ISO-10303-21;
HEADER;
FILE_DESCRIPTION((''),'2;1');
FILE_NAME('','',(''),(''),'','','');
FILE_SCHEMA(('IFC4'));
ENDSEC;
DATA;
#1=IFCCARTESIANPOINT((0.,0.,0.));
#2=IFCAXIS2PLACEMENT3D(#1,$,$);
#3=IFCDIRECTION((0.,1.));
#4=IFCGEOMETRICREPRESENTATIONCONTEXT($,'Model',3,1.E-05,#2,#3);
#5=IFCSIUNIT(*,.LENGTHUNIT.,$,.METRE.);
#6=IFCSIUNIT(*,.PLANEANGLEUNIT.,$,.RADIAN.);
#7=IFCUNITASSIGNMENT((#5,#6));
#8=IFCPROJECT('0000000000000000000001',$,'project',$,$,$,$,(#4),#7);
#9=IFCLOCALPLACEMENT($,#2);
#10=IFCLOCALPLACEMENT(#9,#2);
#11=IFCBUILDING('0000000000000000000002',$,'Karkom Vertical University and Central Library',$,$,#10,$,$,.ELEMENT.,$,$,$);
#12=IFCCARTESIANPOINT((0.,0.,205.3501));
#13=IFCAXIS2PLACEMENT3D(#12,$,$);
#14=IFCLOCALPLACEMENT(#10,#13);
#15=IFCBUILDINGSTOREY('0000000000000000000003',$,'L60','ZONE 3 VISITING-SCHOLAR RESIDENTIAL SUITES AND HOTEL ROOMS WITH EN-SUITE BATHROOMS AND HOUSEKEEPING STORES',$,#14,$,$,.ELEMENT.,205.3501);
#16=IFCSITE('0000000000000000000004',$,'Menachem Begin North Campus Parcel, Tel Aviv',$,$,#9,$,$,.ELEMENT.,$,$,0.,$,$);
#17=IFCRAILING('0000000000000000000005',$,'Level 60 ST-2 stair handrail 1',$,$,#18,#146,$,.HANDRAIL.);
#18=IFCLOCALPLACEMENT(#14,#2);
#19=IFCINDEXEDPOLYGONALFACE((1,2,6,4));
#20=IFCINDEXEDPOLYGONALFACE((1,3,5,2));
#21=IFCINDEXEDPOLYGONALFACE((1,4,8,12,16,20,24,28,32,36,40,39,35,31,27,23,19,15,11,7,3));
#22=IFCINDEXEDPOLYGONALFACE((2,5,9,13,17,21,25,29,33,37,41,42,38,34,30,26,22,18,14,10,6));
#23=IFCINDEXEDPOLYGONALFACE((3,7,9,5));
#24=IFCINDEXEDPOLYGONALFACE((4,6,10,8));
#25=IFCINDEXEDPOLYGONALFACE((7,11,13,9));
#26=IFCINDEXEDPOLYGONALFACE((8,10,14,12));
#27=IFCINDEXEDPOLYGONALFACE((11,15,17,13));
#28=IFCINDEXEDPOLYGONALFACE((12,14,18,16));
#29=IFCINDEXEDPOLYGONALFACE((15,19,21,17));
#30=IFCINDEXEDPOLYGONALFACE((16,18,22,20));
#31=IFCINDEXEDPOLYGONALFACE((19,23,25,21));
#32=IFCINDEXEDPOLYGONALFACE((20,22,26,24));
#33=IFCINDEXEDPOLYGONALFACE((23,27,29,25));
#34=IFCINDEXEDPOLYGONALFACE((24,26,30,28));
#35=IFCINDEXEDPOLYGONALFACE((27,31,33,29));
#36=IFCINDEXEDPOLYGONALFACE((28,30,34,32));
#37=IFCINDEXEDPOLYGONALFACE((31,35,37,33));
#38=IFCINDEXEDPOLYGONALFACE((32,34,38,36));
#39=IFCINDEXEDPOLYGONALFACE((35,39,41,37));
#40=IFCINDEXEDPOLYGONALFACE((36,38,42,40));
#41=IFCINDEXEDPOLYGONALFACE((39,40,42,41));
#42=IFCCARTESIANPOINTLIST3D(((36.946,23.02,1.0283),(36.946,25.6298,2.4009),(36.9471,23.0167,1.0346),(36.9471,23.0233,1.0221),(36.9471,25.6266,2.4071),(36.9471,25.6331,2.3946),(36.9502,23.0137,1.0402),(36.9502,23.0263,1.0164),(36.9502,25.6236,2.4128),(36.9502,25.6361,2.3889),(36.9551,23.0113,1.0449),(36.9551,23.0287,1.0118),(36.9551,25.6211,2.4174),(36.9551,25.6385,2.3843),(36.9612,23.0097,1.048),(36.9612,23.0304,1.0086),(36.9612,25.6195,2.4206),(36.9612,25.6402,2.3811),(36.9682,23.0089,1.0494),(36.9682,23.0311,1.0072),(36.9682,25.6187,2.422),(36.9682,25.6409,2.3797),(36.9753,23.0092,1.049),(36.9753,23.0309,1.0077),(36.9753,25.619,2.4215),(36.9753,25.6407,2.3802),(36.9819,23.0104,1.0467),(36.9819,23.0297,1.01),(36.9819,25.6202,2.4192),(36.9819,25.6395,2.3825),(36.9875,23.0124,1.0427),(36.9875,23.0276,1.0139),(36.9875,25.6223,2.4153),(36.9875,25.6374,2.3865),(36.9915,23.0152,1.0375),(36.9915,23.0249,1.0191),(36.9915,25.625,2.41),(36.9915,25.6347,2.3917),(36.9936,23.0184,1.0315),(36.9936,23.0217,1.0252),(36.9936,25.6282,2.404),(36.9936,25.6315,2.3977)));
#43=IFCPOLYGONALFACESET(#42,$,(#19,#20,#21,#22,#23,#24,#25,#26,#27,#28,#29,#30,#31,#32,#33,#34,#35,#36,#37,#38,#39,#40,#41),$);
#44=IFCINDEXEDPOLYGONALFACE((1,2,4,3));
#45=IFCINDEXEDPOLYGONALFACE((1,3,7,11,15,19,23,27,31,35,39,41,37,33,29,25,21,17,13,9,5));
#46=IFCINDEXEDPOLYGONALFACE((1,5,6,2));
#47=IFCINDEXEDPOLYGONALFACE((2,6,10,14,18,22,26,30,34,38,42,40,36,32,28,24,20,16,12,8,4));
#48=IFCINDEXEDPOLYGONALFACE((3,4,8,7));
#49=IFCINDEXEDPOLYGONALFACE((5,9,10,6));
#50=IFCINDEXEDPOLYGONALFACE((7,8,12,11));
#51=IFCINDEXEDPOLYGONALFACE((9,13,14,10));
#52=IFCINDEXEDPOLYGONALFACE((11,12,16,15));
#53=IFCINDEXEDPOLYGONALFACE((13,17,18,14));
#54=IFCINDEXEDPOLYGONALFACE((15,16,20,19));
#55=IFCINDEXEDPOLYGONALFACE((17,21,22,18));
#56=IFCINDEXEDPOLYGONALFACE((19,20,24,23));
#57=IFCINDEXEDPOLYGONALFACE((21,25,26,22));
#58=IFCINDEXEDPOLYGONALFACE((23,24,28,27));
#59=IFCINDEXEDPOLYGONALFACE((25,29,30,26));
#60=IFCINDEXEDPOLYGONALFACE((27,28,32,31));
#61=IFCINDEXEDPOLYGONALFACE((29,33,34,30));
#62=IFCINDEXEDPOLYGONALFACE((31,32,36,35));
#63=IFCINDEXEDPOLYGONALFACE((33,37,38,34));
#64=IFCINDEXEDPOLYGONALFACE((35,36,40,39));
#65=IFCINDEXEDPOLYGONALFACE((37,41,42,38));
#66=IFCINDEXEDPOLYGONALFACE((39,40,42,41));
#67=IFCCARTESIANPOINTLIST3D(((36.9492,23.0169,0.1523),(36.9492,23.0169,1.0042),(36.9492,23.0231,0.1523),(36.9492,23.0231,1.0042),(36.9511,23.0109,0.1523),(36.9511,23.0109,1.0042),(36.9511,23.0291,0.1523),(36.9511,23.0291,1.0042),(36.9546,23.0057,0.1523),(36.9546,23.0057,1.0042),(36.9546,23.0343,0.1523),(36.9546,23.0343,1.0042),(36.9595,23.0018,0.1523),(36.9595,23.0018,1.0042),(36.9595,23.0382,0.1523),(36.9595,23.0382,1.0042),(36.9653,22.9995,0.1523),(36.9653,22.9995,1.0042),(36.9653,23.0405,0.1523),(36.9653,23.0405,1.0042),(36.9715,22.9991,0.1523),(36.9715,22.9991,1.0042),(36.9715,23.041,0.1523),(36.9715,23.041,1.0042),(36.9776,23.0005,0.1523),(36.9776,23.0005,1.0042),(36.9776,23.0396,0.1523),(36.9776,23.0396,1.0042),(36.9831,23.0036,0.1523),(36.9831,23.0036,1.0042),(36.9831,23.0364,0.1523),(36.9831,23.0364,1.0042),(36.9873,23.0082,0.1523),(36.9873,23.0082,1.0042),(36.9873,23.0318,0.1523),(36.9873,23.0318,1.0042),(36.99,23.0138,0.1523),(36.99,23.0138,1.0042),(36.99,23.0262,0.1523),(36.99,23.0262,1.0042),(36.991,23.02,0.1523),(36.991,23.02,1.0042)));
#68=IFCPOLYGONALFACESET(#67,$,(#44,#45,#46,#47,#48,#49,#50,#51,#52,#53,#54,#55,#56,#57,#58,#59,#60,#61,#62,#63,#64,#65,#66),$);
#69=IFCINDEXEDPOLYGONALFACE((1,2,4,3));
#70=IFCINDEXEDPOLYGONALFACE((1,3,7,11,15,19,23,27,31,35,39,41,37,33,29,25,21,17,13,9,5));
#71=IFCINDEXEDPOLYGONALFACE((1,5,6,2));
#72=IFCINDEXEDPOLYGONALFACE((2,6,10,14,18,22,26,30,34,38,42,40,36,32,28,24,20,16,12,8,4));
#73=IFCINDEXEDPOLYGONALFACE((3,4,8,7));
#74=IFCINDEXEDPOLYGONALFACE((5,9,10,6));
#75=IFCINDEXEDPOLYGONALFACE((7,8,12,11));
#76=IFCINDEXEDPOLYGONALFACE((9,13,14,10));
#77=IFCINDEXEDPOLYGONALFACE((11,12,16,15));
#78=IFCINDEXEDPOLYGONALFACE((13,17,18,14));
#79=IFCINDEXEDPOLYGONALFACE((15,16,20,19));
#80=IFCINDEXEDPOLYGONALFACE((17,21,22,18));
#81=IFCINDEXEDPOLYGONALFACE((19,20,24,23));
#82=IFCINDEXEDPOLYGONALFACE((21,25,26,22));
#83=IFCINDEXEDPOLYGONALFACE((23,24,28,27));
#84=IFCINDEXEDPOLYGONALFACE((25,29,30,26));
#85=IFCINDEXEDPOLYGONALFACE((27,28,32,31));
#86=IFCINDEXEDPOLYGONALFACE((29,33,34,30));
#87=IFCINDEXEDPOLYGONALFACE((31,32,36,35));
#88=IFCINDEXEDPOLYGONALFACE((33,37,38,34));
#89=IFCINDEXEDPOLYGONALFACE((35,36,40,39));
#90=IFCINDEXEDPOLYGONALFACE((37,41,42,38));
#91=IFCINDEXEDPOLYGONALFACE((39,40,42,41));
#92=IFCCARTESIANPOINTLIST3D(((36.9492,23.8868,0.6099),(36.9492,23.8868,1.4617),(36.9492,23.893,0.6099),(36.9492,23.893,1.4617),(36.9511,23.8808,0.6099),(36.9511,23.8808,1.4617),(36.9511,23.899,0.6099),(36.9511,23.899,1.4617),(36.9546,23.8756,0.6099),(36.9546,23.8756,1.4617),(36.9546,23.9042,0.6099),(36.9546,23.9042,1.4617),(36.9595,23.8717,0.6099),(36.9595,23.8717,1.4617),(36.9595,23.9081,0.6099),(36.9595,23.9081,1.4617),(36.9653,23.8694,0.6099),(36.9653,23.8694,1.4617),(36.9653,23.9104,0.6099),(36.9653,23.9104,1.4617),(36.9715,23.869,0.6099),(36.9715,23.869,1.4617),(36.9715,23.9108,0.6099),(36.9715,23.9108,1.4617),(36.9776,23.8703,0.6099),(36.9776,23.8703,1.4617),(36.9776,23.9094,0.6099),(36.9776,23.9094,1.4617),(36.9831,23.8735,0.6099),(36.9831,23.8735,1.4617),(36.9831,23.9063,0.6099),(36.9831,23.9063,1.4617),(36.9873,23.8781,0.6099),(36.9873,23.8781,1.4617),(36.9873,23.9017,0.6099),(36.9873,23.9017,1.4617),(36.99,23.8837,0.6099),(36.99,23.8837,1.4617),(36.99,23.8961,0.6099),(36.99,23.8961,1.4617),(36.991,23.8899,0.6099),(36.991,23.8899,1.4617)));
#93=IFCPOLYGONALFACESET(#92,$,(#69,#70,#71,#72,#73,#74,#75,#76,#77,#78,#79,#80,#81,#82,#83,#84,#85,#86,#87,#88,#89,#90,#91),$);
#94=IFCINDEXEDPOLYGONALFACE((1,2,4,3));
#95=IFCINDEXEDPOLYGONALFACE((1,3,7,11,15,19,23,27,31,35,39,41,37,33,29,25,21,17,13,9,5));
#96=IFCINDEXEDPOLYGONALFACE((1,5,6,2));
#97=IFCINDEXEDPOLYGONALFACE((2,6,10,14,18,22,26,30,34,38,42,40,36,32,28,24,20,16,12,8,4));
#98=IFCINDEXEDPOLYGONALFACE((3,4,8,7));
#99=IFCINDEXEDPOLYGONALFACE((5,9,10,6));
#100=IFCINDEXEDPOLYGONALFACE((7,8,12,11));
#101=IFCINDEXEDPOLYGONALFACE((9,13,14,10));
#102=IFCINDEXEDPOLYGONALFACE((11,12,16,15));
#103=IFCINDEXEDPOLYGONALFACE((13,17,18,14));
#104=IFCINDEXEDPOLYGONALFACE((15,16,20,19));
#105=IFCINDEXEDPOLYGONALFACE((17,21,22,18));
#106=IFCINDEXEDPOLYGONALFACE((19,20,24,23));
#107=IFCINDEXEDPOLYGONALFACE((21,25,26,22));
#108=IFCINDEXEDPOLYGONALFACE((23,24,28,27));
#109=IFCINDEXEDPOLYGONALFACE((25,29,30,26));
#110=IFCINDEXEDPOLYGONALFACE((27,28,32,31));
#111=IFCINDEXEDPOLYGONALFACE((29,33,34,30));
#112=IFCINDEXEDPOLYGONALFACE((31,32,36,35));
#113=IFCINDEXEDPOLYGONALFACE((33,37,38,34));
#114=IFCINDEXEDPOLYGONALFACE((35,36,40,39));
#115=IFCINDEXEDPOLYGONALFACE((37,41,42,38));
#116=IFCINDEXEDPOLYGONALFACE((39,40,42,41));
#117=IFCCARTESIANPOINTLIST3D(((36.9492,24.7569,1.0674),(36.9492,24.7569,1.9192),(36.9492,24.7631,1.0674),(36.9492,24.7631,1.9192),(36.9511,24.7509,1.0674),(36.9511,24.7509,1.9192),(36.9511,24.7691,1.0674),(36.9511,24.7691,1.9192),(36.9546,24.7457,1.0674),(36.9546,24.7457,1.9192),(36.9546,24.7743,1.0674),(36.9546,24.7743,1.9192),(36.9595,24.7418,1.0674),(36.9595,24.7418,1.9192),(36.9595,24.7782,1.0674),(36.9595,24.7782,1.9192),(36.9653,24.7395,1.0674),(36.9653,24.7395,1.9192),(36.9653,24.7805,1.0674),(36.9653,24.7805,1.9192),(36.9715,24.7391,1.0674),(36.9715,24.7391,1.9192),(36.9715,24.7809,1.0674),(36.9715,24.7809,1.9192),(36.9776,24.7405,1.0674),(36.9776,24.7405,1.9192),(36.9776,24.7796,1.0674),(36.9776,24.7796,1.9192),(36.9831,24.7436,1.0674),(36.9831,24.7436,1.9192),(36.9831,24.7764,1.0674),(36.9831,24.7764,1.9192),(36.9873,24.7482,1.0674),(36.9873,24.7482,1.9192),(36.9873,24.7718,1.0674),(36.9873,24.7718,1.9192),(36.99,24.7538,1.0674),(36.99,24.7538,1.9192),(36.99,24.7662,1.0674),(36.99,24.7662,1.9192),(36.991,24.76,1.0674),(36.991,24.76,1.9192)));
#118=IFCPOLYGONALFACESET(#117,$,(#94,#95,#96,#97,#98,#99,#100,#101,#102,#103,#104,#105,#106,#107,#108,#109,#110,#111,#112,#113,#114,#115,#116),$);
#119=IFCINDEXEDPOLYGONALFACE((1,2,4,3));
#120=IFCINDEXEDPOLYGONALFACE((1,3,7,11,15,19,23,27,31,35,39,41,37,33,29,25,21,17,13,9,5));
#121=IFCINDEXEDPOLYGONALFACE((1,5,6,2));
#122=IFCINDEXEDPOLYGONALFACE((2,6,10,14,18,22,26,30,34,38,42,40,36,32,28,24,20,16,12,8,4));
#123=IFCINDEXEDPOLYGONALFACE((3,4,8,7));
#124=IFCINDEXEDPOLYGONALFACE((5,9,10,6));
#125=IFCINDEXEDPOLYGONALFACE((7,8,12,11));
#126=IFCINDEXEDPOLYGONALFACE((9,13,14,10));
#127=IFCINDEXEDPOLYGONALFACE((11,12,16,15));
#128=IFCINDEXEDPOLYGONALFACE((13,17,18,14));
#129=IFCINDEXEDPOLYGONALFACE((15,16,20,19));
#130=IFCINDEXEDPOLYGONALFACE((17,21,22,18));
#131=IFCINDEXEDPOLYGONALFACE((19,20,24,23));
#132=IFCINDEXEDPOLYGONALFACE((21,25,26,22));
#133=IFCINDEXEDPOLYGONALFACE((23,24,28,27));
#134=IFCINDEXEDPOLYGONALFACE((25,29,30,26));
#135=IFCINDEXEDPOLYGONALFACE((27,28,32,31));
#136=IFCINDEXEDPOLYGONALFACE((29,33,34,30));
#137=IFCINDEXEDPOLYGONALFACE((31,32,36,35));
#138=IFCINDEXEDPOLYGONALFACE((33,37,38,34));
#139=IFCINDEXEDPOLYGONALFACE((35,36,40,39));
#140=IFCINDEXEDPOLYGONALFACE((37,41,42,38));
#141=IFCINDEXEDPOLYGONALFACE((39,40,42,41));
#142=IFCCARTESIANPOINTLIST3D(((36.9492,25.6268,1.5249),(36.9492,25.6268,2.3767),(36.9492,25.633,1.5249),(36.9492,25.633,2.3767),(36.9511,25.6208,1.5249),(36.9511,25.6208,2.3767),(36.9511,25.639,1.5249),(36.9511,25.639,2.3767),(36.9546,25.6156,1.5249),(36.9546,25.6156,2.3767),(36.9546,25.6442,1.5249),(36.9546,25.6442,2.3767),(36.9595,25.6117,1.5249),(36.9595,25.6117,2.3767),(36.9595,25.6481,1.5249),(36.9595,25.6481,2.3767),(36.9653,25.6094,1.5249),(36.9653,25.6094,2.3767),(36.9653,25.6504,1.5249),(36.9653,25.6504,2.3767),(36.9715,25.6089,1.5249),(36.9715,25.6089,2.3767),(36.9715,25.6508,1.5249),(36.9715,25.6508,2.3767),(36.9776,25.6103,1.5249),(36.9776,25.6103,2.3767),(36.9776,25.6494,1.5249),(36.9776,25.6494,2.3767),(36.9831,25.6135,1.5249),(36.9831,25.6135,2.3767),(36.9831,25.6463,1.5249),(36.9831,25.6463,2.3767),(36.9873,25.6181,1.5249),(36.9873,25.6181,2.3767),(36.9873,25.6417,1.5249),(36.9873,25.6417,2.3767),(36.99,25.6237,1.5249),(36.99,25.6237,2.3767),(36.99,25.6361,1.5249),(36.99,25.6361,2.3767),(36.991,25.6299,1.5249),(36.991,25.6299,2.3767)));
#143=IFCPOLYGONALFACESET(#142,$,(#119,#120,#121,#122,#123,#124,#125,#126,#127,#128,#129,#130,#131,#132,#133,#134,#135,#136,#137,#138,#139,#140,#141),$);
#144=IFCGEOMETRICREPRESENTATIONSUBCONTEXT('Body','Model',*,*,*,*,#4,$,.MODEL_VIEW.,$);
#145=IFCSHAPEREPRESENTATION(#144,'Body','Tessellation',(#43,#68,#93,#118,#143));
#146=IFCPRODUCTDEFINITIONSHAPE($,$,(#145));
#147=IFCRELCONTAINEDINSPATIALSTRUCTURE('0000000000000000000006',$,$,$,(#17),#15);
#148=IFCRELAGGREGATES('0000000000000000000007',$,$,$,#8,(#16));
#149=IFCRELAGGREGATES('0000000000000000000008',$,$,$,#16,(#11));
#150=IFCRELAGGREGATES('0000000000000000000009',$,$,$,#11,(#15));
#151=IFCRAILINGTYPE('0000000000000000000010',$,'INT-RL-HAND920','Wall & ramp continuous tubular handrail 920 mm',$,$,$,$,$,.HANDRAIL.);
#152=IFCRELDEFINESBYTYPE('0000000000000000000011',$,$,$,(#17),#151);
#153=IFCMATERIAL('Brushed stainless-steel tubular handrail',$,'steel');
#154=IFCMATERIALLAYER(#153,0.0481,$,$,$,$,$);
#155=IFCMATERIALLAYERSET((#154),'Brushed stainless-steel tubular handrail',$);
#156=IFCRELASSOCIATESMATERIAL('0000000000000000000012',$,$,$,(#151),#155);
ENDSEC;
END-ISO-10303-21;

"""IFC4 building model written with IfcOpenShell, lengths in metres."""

from ifc_helpers import new_model, si_unit, direction, frame, origin, origin_2d, place, context, subcontext, project, spatial, circle, extrude, material, layer, layer_set, type_object, element, save


model = new_model("IFC4")

# Units and contexts
model_context = context("Model", 3, precision=1e-05, world=origin(), true_north=direction((0.0, 1.0)))
body_context = subcontext(model_context, "Body", "Model", "MODEL_VIEW")
ifc_project = project(units=[si_unit("LENGTHUNIT", "METRE"), si_unit("PLANEANGLEUNIT", "RADIAN")], contexts=[model_context])

# Site, building, storey
site_placement = place(None, origin())
site = spatial("IfcSite", under=ifc_project, at=site_placement, Name="Menachem Begin North Campus Parcel, Tel Aviv", CompositionType="ELEMENT", RefElevation=0.0)
building_placement = place(site_placement, origin())
building = spatial("IfcBuilding", under=site, at=building_placement, Name="Karkom Vertical University and Central Library", CompositionType="ELEMENT")
storey_placement = place(building_placement, frame((0.0, 0.0, 205.3501)))
storey = spatial("IfcBuildingStorey", under=building, at=storey_placement, Name="L60", Description="ZONE 3 VISITING-SCHOLAR RESIDENTIAL SUITES AND HOTEL ROOMS WITH EN-SUITE BATHROOMS AND HOUSEKEEPING STORES", CompositionType="ELEMENT", Elevation=205.3501)

# Railing
ifc_material_1 = material(Name="Brushed stainless-steel tubular handrail", Category="steel")
ifc_layer_1 = layer(ifc_material_1, 0.0481)
ifc_layer_set_1 = layer_set([ifc_layer_1], Name="Brushed stainless-steel tubular handrail")
railing_type_1 = type_object("IfcRailingType", Name="INT-RL-HAND920", Description="Wall & ramp continuous tubular handrail 920 mm", PredefinedType="HANDRAIL", material=ifc_layer_set_1)
railing_1_placement = place(storey_placement, frame((36.97, 23.02, 0.1523)))
element("IfcRailing", 1, at=railing_1_placement, inside=storey, type_object=railing_type_1, Name="Level 60 ST-2 stair handrail 1", PredefinedType="HANDRAIL", context=body_context, shape_type="SweptSolid", body=[
    extrude(circle(Radius=0.0239, at=origin_2d()), frame((0.0, 0.0, 0.876), z_axis=(0.0, 0.885065, 0.465467), x_axis=(-1.0, 0.0, 0.0)), (0.0, 0.0, 1.0), 2.9487),
    extrude(circle(Radius=0.021, at=origin_2d()), origin(), (0.0, 0.0, 1.0), 0.8518),
    extrude(circle(Radius=0.021, at=origin_2d()), frame((0.0, 0.8699, 0.4575)), (0.0, 0.0, 1.0), 0.8518),
    extrude(circle(Radius=0.021, at=origin_2d()), frame((0.0, 1.74, 0.915)), (0.0, 0.0, 1.0), 0.8518),
    extrude(circle(Radius=0.021, at=origin_2d()), frame((0.0, 2.6099, 1.3726)), (0.0, 0.0, 1.0), 0.8518),
])

save(model, "model.ifc")
